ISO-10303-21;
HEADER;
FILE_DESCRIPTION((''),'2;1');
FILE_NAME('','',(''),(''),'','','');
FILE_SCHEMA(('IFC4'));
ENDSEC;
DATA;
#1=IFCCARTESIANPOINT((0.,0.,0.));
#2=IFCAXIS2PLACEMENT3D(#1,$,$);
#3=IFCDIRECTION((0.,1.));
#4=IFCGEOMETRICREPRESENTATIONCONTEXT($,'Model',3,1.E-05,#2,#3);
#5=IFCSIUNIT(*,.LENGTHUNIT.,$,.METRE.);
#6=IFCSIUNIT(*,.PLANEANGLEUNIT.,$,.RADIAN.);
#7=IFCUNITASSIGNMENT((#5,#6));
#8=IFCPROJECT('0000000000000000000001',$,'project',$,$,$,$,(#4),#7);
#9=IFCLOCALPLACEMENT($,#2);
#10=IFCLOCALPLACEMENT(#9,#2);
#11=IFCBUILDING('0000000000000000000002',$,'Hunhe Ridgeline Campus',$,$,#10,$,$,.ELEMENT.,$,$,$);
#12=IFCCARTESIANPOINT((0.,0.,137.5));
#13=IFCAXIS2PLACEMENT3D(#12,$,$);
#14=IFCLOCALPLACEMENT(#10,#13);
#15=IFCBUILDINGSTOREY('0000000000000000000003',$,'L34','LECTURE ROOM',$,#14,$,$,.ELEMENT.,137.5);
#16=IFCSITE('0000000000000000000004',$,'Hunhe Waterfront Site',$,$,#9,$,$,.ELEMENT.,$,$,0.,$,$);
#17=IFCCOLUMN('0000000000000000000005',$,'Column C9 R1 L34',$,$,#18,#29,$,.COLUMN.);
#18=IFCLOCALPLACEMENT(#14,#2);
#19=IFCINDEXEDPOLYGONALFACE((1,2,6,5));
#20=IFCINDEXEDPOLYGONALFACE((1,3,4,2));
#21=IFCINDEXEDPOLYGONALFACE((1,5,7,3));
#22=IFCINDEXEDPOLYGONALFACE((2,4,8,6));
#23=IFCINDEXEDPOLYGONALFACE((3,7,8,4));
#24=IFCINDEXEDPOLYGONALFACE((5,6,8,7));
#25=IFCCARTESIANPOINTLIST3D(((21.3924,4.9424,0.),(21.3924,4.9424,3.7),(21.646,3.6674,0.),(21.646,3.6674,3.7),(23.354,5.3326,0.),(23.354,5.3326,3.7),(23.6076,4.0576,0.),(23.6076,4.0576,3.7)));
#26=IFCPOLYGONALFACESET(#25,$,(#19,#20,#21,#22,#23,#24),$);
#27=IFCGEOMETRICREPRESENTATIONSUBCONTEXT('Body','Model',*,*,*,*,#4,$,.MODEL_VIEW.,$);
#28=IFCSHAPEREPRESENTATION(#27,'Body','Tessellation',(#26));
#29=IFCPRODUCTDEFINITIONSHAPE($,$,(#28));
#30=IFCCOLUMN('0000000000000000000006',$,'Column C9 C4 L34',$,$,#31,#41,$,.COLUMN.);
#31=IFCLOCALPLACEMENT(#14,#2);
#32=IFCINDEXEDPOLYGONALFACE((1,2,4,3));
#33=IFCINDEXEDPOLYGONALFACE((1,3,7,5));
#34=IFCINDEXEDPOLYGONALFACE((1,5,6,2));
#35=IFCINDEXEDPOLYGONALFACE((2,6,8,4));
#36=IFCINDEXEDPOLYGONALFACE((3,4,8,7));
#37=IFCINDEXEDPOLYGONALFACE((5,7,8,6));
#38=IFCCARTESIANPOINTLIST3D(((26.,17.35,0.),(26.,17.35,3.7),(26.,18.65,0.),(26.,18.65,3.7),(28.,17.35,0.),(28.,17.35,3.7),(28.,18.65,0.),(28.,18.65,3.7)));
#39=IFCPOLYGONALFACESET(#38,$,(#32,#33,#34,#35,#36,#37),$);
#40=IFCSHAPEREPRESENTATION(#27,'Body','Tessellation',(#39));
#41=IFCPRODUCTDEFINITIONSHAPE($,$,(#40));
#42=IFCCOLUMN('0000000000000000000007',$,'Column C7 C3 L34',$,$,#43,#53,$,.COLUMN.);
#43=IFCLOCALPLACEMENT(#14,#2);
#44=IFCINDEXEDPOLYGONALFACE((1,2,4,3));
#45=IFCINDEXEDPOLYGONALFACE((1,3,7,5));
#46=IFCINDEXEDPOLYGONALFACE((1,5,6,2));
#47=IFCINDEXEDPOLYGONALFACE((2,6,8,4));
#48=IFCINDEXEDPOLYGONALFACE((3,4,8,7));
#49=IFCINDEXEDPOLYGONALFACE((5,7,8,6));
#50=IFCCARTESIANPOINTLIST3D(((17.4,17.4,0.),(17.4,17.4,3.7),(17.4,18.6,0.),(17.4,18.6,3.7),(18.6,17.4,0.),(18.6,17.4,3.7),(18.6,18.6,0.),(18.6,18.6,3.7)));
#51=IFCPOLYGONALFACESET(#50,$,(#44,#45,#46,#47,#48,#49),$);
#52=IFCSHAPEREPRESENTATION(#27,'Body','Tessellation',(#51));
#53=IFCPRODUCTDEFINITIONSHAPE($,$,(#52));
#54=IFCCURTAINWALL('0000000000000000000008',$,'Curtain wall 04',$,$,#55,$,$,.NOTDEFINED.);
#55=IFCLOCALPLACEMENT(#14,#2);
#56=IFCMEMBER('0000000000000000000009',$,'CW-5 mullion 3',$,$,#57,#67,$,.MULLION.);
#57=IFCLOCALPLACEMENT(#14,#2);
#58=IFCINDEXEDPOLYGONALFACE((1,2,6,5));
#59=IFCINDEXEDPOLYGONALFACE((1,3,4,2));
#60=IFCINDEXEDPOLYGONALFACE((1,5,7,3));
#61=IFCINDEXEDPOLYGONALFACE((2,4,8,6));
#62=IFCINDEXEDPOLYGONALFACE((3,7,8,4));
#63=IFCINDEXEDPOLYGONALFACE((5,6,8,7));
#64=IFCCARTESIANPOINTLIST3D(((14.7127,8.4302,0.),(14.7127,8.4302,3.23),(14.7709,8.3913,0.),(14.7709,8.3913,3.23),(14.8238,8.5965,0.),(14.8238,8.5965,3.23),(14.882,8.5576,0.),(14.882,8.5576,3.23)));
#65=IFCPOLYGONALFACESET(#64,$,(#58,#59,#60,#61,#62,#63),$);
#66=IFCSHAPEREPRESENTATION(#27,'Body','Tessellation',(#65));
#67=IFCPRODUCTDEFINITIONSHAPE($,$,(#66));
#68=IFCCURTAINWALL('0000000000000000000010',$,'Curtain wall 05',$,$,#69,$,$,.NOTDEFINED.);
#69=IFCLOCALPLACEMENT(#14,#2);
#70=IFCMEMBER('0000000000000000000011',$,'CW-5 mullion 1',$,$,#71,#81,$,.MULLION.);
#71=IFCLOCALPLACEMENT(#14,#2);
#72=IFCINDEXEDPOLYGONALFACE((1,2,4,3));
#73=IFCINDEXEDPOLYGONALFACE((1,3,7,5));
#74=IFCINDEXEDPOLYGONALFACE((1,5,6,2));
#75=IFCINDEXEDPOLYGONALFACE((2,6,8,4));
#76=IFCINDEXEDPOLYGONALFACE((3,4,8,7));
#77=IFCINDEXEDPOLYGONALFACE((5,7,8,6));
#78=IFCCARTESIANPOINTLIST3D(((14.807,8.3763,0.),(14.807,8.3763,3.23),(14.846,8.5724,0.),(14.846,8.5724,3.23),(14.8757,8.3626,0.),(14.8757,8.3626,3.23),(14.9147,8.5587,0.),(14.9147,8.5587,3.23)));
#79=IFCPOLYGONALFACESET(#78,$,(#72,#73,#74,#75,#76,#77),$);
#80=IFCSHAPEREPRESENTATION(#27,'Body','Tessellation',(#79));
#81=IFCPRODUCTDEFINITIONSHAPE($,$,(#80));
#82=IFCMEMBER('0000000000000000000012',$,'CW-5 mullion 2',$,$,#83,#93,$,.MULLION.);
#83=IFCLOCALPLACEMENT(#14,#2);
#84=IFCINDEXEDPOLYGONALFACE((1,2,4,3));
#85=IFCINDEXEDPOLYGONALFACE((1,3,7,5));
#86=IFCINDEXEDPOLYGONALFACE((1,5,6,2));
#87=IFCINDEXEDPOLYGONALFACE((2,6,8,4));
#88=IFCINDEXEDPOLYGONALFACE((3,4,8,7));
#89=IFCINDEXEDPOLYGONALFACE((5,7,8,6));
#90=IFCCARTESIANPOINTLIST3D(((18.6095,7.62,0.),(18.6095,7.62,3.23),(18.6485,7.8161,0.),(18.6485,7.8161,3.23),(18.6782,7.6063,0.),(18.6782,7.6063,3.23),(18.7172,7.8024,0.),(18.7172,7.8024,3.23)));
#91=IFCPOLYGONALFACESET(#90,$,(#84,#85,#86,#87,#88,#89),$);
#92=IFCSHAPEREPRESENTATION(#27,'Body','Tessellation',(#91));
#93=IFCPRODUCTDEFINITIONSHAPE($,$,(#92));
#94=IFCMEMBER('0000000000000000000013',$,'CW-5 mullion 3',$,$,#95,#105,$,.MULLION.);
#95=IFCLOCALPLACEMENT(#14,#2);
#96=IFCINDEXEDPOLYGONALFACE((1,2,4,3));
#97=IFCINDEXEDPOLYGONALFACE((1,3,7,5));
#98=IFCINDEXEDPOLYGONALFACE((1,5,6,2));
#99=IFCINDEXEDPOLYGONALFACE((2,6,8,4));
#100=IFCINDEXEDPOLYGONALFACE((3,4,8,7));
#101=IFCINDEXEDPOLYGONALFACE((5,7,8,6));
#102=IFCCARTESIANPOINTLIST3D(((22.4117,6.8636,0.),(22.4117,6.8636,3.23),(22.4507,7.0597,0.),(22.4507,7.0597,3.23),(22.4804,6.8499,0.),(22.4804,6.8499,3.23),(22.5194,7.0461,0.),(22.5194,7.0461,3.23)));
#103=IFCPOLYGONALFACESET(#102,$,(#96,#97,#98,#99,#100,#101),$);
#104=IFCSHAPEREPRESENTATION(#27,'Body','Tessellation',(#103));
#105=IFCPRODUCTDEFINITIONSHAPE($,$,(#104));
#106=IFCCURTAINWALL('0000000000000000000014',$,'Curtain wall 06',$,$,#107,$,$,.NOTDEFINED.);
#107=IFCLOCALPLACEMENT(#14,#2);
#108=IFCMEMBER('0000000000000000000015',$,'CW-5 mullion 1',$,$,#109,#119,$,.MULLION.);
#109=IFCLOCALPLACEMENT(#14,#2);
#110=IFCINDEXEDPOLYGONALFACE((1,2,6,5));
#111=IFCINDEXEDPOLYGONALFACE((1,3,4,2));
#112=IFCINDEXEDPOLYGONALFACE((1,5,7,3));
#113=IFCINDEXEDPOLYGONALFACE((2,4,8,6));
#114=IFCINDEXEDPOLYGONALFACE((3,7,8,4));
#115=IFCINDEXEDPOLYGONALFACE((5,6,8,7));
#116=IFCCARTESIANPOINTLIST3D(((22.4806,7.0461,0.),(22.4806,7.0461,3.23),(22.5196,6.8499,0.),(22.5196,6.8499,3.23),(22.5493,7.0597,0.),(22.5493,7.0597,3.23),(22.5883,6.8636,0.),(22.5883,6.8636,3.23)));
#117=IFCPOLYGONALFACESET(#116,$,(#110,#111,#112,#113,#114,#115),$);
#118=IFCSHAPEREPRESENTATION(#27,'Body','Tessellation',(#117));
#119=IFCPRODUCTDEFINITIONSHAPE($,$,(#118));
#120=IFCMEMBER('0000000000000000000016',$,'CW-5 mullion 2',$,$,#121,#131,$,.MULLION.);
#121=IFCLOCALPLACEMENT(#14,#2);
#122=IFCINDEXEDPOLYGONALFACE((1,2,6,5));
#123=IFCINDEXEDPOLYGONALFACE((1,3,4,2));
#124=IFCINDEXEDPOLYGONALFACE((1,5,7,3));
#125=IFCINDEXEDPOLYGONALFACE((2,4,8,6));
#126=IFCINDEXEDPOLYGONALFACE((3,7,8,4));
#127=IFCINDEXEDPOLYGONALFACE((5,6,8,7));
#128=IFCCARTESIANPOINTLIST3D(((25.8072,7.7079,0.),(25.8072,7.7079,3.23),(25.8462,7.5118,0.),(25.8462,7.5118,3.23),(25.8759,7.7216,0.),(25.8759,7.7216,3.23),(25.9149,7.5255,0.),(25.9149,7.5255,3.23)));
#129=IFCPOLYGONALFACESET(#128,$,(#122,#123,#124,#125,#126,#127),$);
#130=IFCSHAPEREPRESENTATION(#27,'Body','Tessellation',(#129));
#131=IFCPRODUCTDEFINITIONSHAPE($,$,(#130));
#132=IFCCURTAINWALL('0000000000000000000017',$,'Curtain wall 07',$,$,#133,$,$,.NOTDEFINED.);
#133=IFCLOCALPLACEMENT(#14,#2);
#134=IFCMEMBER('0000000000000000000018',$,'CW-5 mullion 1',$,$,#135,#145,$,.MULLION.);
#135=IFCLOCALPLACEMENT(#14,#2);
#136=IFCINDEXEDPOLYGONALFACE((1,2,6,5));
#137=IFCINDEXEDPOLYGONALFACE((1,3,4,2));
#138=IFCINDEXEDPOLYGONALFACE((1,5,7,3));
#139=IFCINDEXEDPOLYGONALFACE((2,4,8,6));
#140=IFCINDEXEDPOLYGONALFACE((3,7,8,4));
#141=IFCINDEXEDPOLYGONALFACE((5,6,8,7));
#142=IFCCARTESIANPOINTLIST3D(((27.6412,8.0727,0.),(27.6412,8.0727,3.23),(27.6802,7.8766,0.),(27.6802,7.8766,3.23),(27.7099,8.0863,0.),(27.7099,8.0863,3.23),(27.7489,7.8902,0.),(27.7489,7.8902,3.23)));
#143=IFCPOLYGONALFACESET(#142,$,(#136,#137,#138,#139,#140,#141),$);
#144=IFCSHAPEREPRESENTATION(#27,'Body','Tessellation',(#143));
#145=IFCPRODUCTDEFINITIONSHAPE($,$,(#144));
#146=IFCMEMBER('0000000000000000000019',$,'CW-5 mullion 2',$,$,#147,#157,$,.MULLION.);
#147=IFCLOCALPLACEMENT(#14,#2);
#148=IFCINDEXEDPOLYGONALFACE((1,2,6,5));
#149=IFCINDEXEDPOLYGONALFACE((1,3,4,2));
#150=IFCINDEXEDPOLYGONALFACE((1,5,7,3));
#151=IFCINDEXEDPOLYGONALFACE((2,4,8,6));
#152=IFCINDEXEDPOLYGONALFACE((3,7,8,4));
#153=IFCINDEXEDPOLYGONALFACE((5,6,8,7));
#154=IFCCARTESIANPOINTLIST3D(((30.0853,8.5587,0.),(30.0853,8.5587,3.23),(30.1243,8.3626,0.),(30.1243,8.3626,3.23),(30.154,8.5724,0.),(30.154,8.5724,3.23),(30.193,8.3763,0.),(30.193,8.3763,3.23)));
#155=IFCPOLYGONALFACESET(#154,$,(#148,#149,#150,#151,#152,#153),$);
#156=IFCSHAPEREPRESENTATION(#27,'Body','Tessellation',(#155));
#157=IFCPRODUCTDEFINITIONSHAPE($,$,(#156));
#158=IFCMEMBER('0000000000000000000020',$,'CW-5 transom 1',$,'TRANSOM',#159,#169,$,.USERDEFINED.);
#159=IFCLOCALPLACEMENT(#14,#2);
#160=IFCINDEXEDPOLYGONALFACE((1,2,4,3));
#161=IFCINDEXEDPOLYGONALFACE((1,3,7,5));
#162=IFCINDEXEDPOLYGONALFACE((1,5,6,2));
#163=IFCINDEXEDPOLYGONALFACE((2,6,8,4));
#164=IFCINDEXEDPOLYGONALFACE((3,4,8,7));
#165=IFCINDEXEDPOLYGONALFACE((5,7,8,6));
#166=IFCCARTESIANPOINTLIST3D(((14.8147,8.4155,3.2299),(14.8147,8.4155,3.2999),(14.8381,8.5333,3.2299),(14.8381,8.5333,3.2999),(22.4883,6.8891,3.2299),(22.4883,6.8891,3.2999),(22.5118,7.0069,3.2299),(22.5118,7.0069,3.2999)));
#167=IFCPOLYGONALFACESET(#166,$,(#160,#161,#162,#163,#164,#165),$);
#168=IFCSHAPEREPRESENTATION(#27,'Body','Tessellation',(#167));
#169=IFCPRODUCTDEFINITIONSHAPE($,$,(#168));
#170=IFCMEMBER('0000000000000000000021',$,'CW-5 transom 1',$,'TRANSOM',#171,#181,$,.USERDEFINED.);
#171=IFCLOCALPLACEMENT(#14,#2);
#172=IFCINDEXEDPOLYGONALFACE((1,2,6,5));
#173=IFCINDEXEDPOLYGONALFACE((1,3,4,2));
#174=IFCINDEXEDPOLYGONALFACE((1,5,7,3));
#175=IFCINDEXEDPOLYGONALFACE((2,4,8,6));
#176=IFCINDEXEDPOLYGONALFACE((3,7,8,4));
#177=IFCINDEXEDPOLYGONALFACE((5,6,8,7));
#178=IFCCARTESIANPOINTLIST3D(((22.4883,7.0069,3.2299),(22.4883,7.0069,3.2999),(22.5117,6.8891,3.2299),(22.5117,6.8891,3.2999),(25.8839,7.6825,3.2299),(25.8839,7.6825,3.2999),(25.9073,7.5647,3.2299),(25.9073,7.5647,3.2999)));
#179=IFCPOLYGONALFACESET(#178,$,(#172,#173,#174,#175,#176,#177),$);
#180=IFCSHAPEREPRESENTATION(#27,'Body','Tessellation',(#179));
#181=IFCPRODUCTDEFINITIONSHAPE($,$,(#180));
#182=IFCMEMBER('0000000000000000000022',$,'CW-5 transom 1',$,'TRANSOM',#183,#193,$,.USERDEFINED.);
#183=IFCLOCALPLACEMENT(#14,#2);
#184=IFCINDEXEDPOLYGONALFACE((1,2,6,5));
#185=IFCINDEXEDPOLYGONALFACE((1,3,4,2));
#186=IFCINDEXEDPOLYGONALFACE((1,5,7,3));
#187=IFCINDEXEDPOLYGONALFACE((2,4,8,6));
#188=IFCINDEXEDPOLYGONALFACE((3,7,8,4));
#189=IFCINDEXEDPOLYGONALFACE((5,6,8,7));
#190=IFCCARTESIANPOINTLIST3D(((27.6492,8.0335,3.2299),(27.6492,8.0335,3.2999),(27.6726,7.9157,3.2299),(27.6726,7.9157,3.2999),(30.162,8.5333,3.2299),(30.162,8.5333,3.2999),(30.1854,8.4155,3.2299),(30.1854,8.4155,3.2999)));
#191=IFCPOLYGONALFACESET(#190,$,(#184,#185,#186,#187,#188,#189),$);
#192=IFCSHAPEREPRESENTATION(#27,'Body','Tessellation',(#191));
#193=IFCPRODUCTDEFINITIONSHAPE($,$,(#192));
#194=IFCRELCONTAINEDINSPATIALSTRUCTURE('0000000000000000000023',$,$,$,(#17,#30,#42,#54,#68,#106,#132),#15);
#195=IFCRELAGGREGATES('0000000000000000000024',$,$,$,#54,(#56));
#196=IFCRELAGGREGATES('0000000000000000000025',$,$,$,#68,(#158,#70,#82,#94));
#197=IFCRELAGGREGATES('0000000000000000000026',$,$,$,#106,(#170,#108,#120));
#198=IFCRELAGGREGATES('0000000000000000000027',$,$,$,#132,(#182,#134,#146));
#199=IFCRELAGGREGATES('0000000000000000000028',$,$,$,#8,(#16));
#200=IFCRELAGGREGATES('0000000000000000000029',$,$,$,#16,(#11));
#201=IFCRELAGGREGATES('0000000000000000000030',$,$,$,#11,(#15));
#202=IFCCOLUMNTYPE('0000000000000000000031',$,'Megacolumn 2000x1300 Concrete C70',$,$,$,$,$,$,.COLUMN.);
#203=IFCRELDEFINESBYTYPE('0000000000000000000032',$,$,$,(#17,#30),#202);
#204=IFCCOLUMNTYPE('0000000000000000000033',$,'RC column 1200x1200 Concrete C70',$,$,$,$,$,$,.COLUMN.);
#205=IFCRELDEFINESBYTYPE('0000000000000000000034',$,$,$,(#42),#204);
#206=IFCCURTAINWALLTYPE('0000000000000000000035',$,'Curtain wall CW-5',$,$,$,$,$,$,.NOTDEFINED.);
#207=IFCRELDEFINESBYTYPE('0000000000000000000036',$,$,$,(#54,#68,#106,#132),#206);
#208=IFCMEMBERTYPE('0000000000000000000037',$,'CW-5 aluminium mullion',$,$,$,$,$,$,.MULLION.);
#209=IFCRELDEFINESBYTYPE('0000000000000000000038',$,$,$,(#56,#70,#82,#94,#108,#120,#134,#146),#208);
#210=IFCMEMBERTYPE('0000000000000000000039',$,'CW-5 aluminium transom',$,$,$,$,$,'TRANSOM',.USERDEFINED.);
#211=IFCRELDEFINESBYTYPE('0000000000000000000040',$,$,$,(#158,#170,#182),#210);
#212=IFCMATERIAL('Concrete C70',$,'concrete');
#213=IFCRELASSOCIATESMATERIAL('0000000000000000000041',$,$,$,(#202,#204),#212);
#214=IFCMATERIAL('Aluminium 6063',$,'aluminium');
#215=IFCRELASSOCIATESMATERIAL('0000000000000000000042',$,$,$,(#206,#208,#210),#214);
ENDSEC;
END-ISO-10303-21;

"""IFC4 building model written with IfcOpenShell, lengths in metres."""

from ifc_helpers import new_model, si_unit, direction, frame, origin, origin_2d, place, context, subcontext, project, spatial, rectangle, extrude, material, material_profile, profile_set, type_object, element, aggregate, save


model = new_model("IFC4")

# Units and contexts
model_context = context("Model", 3, precision=1e-05, world=origin(), true_north=direction((0.0, 1.0)))
body_context = subcontext(model_context, "Body", "Model", "MODEL_VIEW")
ifc_project = project(units=[si_unit("LENGTHUNIT", "METRE"), si_unit("PLANEANGLEUNIT", "RADIAN")], contexts=[model_context])

# Site, building, storey
site_placement = place(None, origin())
site = spatial("IfcSite", under=ifc_project, at=site_placement, Name="Hunhe Waterfront Site", CompositionType="ELEMENT", RefElevation=0.0)
building_placement = place(site_placement, origin())
building = spatial("IfcBuilding", under=site, at=building_placement, Name="Hunhe Ridgeline Campus", CompositionType="ELEMENT")
storey_placement = place(building_placement, frame((0.0, 0.0, 137.5)))
storey = spatial("IfcBuildingStorey", under=building, at=storey_placement, Name="L34", Description="LECTURE ROOM", CompositionType="ELEMENT", Elevation=137.5)

# Columns
ifc_material_1 = material(Name="Concrete C70", Category="concrete")
ifc_material_profile_1 = material_profile(ifc_material_1, rectangle(XDim=2.0, YDim=1.3, at=origin_2d()))
ifc_profile_set_1 = profile_set([ifc_material_profile_1], Name="Concrete C70")
column_type_1 = type_object("IfcColumnType", Name="Megacolumn 2000x1300 Concrete C70", PredefinedType="COLUMN", material=ifc_profile_set_1)
for number, where, z_axis, x_axis, name in (
    (1, (22.5, 4.5, 0.0), (0.0, 0.0, 1.0), (0.980785, 0.19509, 0.0), "Column C9 R1 L34"),
    (2, (27.0, 18.0, 0.0), (0.0, 0.0, 1.0), (1.0, 0.0, 0.0), "Column C9 C4 L34"),
):
    element("IfcColumn", number, at=place(storey_placement, frame(where, z_axis=z_axis, x_axis=x_axis)), inside=storey, type_object=column_type_1, Name=name, PredefinedType="COLUMN", context=body_context, shape_type="SweptSolid", body=[
        extrude(rectangle(XDim=2.0, YDim=1.3, at=origin_2d()), origin(), (0.0, 0.0, 1.0), 3.7),
    ])
ifc_material_profile_2 = material_profile(ifc_material_1, rectangle(XDim=1.2, YDim=1.2, at=origin_2d()))
ifc_profile_set_2 = profile_set([ifc_material_profile_2], Name="Concrete C70")
column_type_2 = type_object("IfcColumnType", Name="RC column 1200x1200 Concrete C70", PredefinedType="COLUMN", material=ifc_profile_set_2)
column_placement = place(storey_placement, frame((18.0, 18.0, 0.0), z_axis=(0.0, 0.0, 1.0), x_axis=(1.0, 0.0, 0.0)))
element("IfcColumn", 3, at=column_placement, inside=storey, type_object=column_type_2, Name="Column C7 C3 L34", PredefinedType="COLUMN", context=body_context, shape_type="SweptSolid", body=[
    extrude(rectangle(XDim=1.2, YDim=1.2, at=origin_2d()), origin(), (0.0, 0.0, 1.0), 3.7),
])

# Curtain wall, member
ifc_material_2 = material(Name="Aluminium 6063", Category="aluminium")
curtain_wall_type = type_object("IfcCurtainWallType", Name="Curtain wall CW-5", PredefinedType="NOTDEFINED", material=ifc_material_2)
curtain_wall_1_placement = place(storey_placement, origin())
curtain_wall_1 = element("IfcCurtainWall", 4, at=curtain_wall_1_placement, inside=storey, type_object=curtain_wall_type, Name="Curtain wall 04", PredefinedType="NOTDEFINED")
ifc_material_profile_3 = material_profile(ifc_material_2, rectangle(XDim=0.2, YDim=0.0701, at=origin_2d()))
ifc_profile_set_3 = profile_set([ifc_material_profile_3], Name="Aluminium 6063")
member_type_1 = type_object("IfcMemberType", Name="CW-5 aluminium mullion", PredefinedType="MULLION", material=ifc_profile_set_3)
member_1_placement = place(storey_placement, frame((14.7974, 8.4939, 0.0), z_axis=(0.0, 0.0, 1.0), x_axis=(0.55557, 0.83147, 0.0)))
member_1 = element("IfcMember", 5, at=member_1_placement, type_object=member_type_1, Name="CW-5 mullion 3", PredefinedType="MULLION", context=body_context, shape_type="SweptSolid", body=[
    extrude(rectangle(XDim=0.2, YDim=0.0701, at=origin_2d()), origin(), (0.0, 0.0, 1.0), 3.23),
])
aggregate(curtain_wall_1, [member_1])

# Curtain walls, members
curtain_wall_2_placement = place(storey_placement, origin())
curtain_wall_2 = element("IfcCurtainWall", 6, at=curtain_wall_2_placement, inside=storey, type_object=curtain_wall_type, Name="Curtain wall 05", PredefinedType="NOTDEFINED")
member_2_placement = place(storey_placement, frame((14.8608, 8.4675, 0.0), z_axis=(0.0, 0.0, 1.0), x_axis=(0.19509, 0.980785, 0.0)))
member_2 = element("IfcMember", 7, at=member_2_placement, type_object=member_type_1, Name="CW-5 mullion 1", PredefinedType="MULLION", context=body_context, shape_type="SweptSolid", body=[
    extrude(rectangle(XDim=0.2, YDim=0.0701, at=origin_2d()), origin(), (0.0, 0.0, 1.0), 3.23),
])
member_3_placement = place(storey_placement, frame((18.6633, 7.7112, 0.0), z_axis=(0.0, 0.0, 1.0), x_axis=(0.19509, 0.980785, 0.0)))
member_3 = element("IfcMember", 8, at=member_3_placement, type_object=member_type_1, Name="CW-5 mullion 2", PredefinedType="MULLION", context=body_context, shape_type="SweptSolid", body=[
    extrude(rectangle(XDim=0.2, YDim=0.0701, at=origin_2d()), origin(), (0.0, 0.0, 1.0), 3.23),
])
member_4_placement = place(storey_placement, frame((22.4656, 6.9548, 0.0), z_axis=(0.0, 0.0, 1.0), x_axis=(0.19509, 0.980785, 0.0)))
member_4 = element("IfcMember", 9, at=member_4_placement, type_object=member_type_1, Name="CW-5 mullion 3", PredefinedType="MULLION", context=body_context, shape_type="SweptSolid", body=[
    extrude(rectangle(XDim=0.2, YDim=0.0701, at=origin_2d()), origin(), (0.0, 0.0, 1.0), 3.23),
])
curtain_wall_3_placement = place(storey_placement, origin())
curtain_wall_3 = element("IfcCurtainWall", 10, at=curtain_wall_3_placement, inside=storey, type_object=curtain_wall_type, Name="Curtain wall 06", PredefinedType="NOTDEFINED")
member_5_placement = place(storey_placement, frame((22.5344, 6.9548, 0.0), z_axis=(0.0, 0.0, 1.0), x_axis=(-0.19509, 0.980785, 0.0)))
member_5 = element("IfcMember", 11, at=member_5_placement, type_object=member_type_1, Name="CW-5 mullion 1", PredefinedType="MULLION", context=body_context, shape_type="SweptSolid", body=[
    extrude(rectangle(XDim=0.2, YDim=0.0701, at=origin_2d()), origin(), (0.0, 0.0, 1.0), 3.23),
])
member_6_placement = place(storey_placement, frame((25.8611, 7.6167, 0.0), z_axis=(0.0, 0.0, 1.0), x_axis=(-0.19509, 0.980785, 0.0)))
member_6 = element("IfcMember", 12, at=member_6_placement, type_object=member_type_1, Name="CW-5 mullion 2", PredefinedType="MULLION", context=body_context, shape_type="SweptSolid", body=[
    extrude(rectangle(XDim=0.2, YDim=0.0701, at=origin_2d()), origin(), (0.0, 0.0, 1.0), 3.23),
])
curtain_wall_4_placement = place(storey_placement, origin())
curtain_wall_4 = element("IfcCurtainWall", 13, at=curtain_wall_4_placement, inside=storey, type_object=curtain_wall_type, Name="Curtain wall 07", PredefinedType="NOTDEFINED")
member_7_placement = place(storey_placement, frame((27.6951, 7.9814, 0.0), z_axis=(0.0, 0.0, 1.0), x_axis=(-0.195091, 0.980785, 0.0)))
member_7 = element("IfcMember", 14, at=member_7_placement, type_object=member_type_1, Name="CW-5 mullion 1", PredefinedType="MULLION", context=body_context, shape_type="SweptSolid", body=[
    extrude(rectangle(XDim=0.2, YDim=0.0701, at=origin_2d()), origin(), (0.0, 0.0, 1.0), 3.23),
])
member_8_placement = place(storey_placement, frame((30.1392, 8.4675, 0.0), z_axis=(0.0, 0.0, 1.0), x_axis=(-0.195091, 0.980785, 0.0)))
member_8 = element("IfcMember", 15, at=member_8_placement, type_object=member_type_1, Name="CW-5 mullion 2", PredefinedType="MULLION", context=body_context, shape_type="SweptSolid", body=[
    extrude(rectangle(XDim=0.2, YDim=0.0701, at=origin_2d()), origin(), (0.0, 0.0, 1.0), 3.23),
])

# Members
ifc_material_profile_4 = material_profile(ifc_material_2, rectangle(XDim=0.1201, YDim=0.0701, at=origin_2d()))
ifc_profile_set_4 = profile_set([ifc_material_profile_4], Name="Aluminium 6063")
member_type_2 = type_object("IfcMemberType", Name="CW-5 aluminium transom", ElementType="TRANSOM", PredefinedType="USERDEFINED", material=ifc_profile_set_4)
member_9_placement = place(storey_placement, frame((14.8264, 8.4744, 3.2649), z_axis=(0.980785, -0.19509, 0.0), x_axis=(0.19509, 0.980785, 0.0)))
member_9 = element("IfcMember", 16, at=member_9_placement, type_object=member_type_2, Name="CW-5 transom 1", ObjectType="TRANSOM", PredefinedType="USERDEFINED", context=body_context, shape_type="SweptSolid", body=[
    extrude(rectangle(XDim=0.1201, YDim=0.0701, at=origin_2d()), origin(), (0.0, 0.0, 1.0), 7.824),
])
member_10_placement = place(storey_placement, frame((22.5, 6.948, 3.2649), z_axis=(0.980778, 0.195126, 0.0), x_axis=(-0.195126, 0.980778, 0.0)))
member_10 = element("IfcMember", 17, at=member_10_placement, type_object=member_type_2, Name="CW-5 transom 1", ObjectType="TRANSOM", PredefinedType="USERDEFINED", context=body_context, shape_type="SweptSolid", body=[
    extrude(rectangle(XDim=0.1201, YDim=0.0701, at=origin_2d()), origin(), (0.0, 0.0, 1.0), 3.4622),
])
member_11_placement = place(storey_placement, frame((27.6609, 7.9746, 3.2649), z_axis=(0.980789, 0.195071, 0.0), x_axis=(-0.195071, 0.980789, 0.0)))
member_11 = element("IfcMember", 18, at=member_11_placement, type_object=member_type_2, Name="CW-5 transom 1", ObjectType="TRANSOM", PredefinedType="USERDEFINED", context=body_context, shape_type="SweptSolid", body=[
    extrude(rectangle(XDim=0.1201, YDim=0.0701, at=origin_2d()), origin(), (0.0, 0.0, 1.0), 2.562),
])

aggregate(curtain_wall_2, [member_9, member_2, member_3, member_4])
aggregate(curtain_wall_3, [member_10, member_5, member_6])
aggregate(curtain_wall_4, [member_11, member_7, member_8])

save(model, "model.ifc")
